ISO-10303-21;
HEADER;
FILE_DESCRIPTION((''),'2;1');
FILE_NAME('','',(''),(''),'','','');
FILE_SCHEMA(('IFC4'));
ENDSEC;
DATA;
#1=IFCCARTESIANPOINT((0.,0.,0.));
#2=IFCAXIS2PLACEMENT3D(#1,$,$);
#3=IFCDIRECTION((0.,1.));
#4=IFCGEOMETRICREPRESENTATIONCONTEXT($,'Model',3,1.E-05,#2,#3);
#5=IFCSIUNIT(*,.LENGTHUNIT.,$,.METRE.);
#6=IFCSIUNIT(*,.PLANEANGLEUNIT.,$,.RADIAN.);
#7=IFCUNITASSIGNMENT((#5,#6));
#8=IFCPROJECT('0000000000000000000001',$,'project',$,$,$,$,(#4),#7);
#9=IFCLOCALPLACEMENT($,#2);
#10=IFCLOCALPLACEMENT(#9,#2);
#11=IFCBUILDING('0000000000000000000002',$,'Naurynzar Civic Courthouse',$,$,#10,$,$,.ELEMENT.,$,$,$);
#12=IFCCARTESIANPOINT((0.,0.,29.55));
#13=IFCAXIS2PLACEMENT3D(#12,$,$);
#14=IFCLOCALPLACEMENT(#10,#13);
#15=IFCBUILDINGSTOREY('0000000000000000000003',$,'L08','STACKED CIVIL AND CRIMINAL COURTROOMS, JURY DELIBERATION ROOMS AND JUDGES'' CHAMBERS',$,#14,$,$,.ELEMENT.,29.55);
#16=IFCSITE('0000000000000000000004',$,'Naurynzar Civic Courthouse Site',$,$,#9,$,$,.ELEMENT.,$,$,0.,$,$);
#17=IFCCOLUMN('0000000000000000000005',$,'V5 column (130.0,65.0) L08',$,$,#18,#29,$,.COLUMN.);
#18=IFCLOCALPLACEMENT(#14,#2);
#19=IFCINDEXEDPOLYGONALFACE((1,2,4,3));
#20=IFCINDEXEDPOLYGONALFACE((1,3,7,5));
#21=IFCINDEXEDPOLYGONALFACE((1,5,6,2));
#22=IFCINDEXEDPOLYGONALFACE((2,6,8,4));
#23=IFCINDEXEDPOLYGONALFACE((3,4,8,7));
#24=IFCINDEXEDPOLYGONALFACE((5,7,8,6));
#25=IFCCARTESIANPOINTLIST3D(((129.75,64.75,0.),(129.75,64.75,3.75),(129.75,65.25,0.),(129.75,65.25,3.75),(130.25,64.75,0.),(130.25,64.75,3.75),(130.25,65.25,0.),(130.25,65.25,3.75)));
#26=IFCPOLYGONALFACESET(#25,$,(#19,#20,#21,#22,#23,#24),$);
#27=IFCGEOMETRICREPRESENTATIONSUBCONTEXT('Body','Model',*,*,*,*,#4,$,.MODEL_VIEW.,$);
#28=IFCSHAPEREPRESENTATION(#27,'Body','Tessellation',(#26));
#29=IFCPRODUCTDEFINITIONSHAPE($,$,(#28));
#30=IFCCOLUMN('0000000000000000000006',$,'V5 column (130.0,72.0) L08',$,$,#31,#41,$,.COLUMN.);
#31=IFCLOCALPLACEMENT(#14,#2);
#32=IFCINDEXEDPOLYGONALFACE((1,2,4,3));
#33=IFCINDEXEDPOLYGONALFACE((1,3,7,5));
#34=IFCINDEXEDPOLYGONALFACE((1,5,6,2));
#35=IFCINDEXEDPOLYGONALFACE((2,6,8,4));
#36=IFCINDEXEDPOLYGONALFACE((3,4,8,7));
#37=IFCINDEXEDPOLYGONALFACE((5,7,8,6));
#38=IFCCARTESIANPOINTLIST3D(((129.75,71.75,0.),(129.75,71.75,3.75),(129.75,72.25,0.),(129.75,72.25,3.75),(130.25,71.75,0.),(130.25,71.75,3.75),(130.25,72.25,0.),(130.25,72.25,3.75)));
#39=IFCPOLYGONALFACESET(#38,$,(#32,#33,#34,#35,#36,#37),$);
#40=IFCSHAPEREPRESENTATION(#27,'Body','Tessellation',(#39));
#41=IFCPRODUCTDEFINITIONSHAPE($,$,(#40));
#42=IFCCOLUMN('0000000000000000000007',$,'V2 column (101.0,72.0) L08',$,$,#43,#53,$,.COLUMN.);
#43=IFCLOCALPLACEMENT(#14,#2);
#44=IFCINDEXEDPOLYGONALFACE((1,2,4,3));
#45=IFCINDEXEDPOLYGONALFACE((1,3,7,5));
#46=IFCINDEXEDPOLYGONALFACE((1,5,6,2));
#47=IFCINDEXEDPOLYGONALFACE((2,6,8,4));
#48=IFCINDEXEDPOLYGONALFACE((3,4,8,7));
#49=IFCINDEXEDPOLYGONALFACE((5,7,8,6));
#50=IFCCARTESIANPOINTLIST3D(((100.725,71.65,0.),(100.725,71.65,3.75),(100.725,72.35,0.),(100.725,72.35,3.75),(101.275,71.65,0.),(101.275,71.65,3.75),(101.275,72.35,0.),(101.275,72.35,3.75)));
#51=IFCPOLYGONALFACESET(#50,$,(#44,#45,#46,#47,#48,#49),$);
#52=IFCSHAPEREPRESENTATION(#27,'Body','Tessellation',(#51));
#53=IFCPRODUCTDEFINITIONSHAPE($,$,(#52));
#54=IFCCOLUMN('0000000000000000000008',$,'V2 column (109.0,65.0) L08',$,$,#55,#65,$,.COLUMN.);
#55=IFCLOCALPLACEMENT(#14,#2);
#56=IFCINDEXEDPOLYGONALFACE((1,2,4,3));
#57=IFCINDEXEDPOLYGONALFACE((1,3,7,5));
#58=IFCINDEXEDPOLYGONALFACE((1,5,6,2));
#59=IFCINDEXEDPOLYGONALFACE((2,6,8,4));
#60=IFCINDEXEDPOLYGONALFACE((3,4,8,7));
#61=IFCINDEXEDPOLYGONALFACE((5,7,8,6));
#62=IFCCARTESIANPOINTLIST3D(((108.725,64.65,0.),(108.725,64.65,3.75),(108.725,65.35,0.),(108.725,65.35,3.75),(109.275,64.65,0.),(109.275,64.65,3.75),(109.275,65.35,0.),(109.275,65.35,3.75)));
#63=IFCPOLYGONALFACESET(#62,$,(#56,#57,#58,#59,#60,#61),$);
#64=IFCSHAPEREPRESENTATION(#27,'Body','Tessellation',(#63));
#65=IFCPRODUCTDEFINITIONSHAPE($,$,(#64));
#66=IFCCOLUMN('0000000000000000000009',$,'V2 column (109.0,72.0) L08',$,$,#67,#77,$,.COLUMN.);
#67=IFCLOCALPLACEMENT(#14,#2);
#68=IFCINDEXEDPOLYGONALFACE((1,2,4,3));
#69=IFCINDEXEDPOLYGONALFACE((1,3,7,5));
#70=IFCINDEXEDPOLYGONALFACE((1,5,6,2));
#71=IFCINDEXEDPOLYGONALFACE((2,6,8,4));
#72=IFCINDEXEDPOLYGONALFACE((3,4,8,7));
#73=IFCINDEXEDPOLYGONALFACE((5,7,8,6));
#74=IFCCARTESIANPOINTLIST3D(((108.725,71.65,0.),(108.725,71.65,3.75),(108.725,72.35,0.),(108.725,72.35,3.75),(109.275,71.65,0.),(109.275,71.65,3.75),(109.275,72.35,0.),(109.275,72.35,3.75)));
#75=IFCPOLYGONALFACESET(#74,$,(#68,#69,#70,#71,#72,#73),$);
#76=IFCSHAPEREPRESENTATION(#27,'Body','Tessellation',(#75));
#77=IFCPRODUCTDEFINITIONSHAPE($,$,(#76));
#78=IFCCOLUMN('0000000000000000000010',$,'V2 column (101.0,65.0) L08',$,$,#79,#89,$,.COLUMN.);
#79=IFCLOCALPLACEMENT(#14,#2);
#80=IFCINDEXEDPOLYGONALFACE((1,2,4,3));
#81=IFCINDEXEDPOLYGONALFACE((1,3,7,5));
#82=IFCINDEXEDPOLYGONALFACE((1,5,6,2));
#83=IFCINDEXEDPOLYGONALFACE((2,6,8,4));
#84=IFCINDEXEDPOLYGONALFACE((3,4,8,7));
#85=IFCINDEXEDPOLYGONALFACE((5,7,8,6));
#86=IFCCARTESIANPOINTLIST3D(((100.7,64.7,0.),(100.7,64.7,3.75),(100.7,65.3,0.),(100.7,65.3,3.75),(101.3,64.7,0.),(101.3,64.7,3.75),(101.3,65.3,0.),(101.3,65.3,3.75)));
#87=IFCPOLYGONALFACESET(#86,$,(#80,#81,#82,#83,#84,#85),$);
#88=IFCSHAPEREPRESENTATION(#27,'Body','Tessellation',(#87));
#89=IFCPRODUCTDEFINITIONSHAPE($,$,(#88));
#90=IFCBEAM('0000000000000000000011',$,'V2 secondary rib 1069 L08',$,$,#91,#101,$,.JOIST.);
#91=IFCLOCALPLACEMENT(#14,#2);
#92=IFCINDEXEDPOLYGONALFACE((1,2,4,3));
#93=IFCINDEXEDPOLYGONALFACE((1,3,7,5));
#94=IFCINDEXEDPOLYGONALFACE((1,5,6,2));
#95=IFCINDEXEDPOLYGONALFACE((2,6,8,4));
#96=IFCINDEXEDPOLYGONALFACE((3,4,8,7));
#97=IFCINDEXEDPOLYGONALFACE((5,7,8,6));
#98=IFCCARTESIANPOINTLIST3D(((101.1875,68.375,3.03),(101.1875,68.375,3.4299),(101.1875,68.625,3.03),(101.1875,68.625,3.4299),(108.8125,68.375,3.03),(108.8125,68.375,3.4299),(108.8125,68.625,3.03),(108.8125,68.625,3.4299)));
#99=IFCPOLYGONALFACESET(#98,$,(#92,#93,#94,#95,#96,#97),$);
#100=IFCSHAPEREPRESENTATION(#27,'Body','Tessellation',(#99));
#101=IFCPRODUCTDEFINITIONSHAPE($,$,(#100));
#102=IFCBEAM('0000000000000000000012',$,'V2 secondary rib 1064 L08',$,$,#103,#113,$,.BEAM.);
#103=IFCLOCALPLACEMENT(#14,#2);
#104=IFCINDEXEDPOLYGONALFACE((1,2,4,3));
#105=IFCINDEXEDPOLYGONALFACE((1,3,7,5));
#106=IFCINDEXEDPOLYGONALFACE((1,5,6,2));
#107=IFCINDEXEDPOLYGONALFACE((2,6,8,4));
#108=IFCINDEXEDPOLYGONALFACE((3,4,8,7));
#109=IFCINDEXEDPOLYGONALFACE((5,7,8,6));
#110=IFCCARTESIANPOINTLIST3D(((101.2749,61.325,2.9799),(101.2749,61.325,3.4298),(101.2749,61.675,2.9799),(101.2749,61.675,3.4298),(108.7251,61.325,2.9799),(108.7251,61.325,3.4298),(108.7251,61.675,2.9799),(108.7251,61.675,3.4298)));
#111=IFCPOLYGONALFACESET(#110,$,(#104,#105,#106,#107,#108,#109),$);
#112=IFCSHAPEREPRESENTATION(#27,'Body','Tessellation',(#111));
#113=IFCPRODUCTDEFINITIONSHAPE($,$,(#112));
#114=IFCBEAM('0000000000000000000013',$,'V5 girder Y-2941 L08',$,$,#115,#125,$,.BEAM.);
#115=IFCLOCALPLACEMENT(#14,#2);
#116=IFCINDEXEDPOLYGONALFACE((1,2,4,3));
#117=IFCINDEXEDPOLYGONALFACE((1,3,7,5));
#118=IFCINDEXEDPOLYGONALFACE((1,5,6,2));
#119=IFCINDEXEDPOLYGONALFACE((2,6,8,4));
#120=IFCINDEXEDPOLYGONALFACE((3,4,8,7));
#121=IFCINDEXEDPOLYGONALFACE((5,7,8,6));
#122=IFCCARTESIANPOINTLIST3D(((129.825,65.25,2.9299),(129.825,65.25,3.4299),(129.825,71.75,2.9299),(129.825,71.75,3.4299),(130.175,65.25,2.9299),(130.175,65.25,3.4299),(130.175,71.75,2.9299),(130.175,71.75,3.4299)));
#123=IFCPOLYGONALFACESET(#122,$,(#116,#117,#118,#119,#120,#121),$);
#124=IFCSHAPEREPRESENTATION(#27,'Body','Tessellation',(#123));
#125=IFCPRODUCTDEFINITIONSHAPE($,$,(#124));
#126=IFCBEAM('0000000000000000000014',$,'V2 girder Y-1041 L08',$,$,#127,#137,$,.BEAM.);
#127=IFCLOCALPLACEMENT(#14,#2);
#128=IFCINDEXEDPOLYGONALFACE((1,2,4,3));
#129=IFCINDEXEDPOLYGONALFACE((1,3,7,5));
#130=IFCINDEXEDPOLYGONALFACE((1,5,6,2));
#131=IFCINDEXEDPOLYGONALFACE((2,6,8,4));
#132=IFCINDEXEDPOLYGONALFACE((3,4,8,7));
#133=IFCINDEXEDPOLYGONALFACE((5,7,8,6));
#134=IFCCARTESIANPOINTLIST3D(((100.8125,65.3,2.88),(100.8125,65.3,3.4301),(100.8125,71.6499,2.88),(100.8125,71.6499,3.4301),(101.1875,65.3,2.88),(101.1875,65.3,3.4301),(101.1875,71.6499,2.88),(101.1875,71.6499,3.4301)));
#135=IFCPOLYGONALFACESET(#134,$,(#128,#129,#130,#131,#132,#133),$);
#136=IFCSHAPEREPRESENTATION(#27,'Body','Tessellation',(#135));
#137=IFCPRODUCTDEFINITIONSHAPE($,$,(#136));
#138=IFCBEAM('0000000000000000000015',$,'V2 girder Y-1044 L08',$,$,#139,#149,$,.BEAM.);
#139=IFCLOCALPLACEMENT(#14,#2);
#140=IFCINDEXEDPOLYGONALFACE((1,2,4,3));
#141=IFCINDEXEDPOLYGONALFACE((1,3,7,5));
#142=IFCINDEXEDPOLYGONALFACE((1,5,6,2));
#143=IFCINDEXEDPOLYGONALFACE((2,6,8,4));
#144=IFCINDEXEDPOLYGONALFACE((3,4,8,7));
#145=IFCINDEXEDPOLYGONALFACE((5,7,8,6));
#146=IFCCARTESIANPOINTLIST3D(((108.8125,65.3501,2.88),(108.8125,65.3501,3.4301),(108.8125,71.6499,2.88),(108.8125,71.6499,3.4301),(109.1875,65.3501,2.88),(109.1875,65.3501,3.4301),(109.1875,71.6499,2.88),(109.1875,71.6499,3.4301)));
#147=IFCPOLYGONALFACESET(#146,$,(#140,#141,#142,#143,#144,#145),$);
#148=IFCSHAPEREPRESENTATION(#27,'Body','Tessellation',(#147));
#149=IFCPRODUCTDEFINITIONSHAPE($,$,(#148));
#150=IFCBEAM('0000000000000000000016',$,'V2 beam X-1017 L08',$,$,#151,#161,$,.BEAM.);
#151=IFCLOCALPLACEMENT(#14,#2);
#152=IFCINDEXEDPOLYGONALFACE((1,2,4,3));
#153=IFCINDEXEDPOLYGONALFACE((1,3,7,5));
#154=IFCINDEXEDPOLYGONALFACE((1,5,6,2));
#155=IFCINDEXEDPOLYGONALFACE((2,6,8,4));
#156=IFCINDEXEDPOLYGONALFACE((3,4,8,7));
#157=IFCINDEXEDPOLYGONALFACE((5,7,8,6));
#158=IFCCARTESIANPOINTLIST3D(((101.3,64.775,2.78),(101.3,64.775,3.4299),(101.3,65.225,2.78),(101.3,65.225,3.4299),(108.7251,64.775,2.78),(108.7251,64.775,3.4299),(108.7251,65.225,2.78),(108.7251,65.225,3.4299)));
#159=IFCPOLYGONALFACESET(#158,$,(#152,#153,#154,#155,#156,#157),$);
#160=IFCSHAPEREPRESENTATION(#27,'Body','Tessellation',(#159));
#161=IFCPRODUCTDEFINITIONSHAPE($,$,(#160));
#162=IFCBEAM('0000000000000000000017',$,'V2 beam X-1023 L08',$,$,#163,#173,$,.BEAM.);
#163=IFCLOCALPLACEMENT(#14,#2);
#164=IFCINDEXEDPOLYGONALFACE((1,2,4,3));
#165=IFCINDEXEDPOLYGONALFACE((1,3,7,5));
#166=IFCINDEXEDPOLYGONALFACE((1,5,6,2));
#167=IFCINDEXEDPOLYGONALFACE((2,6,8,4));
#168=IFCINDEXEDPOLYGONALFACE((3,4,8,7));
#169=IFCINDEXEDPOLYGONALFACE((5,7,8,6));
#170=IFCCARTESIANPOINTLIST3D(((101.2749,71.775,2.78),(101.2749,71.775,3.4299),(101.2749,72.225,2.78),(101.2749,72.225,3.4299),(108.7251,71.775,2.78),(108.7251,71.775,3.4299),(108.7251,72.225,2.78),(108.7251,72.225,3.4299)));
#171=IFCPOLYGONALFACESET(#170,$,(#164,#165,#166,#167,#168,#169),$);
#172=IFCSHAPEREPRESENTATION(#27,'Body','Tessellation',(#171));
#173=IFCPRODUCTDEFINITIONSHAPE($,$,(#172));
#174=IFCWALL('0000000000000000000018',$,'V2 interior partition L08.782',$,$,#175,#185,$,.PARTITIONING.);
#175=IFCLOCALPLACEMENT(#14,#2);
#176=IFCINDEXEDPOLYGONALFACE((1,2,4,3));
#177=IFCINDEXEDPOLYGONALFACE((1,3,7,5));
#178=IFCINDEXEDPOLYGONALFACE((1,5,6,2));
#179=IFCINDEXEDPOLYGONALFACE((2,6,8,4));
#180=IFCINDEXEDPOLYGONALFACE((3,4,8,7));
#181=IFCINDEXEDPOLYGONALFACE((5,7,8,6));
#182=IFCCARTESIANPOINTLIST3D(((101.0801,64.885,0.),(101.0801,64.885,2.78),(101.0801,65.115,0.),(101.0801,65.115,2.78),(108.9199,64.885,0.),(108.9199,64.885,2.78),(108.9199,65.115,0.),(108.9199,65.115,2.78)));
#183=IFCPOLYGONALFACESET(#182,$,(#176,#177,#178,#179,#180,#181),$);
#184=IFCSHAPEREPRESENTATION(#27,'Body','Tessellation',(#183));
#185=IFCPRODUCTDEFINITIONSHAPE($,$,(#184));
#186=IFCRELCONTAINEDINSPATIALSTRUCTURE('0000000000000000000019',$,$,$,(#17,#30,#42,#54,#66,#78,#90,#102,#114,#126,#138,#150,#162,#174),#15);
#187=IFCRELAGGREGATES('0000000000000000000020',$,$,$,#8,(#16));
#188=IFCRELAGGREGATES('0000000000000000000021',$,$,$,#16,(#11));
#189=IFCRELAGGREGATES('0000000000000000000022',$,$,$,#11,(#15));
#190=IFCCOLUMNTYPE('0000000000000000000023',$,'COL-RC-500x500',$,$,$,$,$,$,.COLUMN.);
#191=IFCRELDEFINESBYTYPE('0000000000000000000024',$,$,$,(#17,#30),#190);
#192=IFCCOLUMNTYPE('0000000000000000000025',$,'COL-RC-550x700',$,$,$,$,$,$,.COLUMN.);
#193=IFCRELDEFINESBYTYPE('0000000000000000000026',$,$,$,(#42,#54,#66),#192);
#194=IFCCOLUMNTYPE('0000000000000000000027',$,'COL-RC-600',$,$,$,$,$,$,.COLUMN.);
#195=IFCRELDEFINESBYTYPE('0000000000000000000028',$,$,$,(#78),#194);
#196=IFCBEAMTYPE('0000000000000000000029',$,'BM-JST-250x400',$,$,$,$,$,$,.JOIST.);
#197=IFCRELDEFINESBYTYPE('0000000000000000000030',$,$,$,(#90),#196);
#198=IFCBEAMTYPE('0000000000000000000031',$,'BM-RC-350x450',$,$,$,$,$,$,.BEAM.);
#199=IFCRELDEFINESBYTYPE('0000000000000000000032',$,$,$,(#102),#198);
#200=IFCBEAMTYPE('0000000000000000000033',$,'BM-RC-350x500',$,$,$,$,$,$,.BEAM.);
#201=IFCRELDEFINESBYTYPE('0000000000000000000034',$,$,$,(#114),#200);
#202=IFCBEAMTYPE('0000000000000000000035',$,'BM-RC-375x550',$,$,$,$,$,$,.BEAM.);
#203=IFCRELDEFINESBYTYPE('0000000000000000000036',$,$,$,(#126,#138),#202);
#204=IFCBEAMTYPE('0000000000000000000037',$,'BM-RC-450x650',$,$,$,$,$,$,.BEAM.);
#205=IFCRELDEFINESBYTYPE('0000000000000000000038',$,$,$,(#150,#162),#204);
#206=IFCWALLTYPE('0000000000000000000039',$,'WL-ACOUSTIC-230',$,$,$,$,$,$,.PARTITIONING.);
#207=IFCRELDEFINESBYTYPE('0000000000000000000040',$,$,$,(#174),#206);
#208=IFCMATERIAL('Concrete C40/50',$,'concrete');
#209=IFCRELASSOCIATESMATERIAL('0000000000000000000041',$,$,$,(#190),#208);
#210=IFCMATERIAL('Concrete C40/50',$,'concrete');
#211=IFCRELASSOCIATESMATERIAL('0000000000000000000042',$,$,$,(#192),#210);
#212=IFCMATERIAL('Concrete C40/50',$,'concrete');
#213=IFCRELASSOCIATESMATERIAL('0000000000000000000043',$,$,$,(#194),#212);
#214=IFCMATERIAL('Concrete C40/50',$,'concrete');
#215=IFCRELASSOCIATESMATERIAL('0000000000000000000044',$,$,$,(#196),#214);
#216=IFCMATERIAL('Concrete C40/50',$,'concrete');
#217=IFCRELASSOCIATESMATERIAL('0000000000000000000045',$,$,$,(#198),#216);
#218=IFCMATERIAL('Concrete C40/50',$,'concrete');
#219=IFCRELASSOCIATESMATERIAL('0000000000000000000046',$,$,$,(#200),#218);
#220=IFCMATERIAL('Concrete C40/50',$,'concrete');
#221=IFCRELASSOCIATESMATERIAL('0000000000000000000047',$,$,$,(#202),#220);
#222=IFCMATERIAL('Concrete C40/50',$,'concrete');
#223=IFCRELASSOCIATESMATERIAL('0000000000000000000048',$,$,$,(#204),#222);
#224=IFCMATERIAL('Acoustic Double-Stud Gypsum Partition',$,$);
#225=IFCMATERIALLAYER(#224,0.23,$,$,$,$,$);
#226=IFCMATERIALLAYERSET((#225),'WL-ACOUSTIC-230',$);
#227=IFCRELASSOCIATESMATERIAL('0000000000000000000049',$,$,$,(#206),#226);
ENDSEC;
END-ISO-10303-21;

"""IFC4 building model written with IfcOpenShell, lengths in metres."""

from ifc_helpers import new_model, si_unit, direction, frame, frame_2d, origin, origin_2d, place, context, subcontext, project, spatial, rectangle, extrude, material, layer, layer_set, material_profile, profile_set, type_object, element, save


model = new_model("IFC4")

# Units and contexts
model_context = context("Model", 3, precision=1e-05, world=origin(), true_north=direction((0.0, 1.0)))
body_context = subcontext(model_context, "Body", "Model", "MODEL_VIEW")
ifc_project = project(units=[si_unit("LENGTHUNIT", "METRE"), si_unit("PLANEANGLEUNIT", "RADIAN")], contexts=[model_context])

# Site, building, storey
site_placement = place(None, origin())
site = spatial("IfcSite", under=ifc_project, at=site_placement, Name="Naurynzar Civic Courthouse Site", CompositionType="ELEMENT", RefElevation=0.0)
building_placement = place(site_placement, origin())
building = spatial("IfcBuilding", under=site, at=building_placement, Name="Naurynzar Civic Courthouse", CompositionType="ELEMENT")
storey_placement = place(building_placement, frame((0.0, 0.0, 29.55)))
storey = spatial("IfcBuildingStorey", under=building, at=storey_placement, Name="L08", Description="STACKED CIVIL AND CRIMINAL COURTROOMS, JURY DELIBERATION ROOMS AND JUDGES' CHAMBERS", CompositionType="ELEMENT", Elevation=29.55)

# Columns
ifc_material_1 = material(Name="Concrete C40/50", Category="concrete")
ifc_material_profile_1 = material_profile(ifc_material_1, rectangle(XDim=0.5, YDim=0.5, at=origin_2d()), Name="RC 500x500")
ifc_profile_set_1 = profile_set([ifc_material_profile_1], Name="Concrete C40/50")
column_type_1 = type_object("IfcColumnType", Name="COL-RC-500x500", PredefinedType="COLUMN", material=ifc_profile_set_1)
for number, where, z_axis, x_axis, name in (
    (1, (130.0, 65.0, 0.0), (0.0, 0.0, 1.0), (1.0, 0.0, 0.0), "V5 column (130.0,65.0) L08"),
    (2, (130.0, 72.0, 0.0), (0.0, 0.0, 1.0), (1.0, 0.0, 0.0), "V5 column (130.0,72.0) L08"),
):
    element("IfcColumn", number, at=place(storey_placement, frame(where, z_axis=z_axis, x_axis=x_axis)), inside=storey, type_object=column_type_1, Name=name, PredefinedType="COLUMN", context=body_context, shape_type="SweptSolid", body=[
        extrude(rectangle(XDim=0.5, YDim=0.5, at=origin_2d()), origin(), (0.0, 0.0, 1.0), 3.75),
    ])
ifc_material_2 = material(Name="Concrete C40/50", Category="concrete")
ifc_material_profile_2 = material_profile(ifc_material_2, rectangle(XDim=0.55, YDim=0.7, at=origin_2d()), Name="RC 550x700")
ifc_profile_set_2 = profile_set([ifc_material_profile_2], Name="Concrete C40/50")
column_type_2 = type_object("IfcColumnType", Name="COL-RC-550x700", PredefinedType="COLUMN", material=ifc_profile_set_2)
for number, where, z_axis, x_axis, name in (
    (3, (101.0, 72.0, 0.0), (0.0, 0.0, 1.0), (1.0, 0.0, 0.0), "V2 column (101.0,72.0) L08"),
    (4, (109.0, 65.0, 0.0), (0.0, 0.0, 1.0), (1.0, 0.0, 0.0), "V2 column (109.0,65.0) L08"),
    (5, (109.0, 72.0, 0.0), (0.0, 0.0, 1.0), (1.0, 0.0, 0.0), "V2 column (109.0,72.0) L08"),
):
    element("IfcColumn", number, at=place(storey_placement, frame(where, z_axis=z_axis, x_axis=x_axis)), inside=storey, type_object=column_type_2, Name=name, PredefinedType="COLUMN", context=body_context, shape_type="SweptSolid", body=[
        extrude(rectangle(XDim=0.55, YDim=0.7, at=origin_2d()), origin(), (0.0, 0.0, 1.0), 3.75),
    ])
ifc_material_3 = material(Name="Concrete C40/50", Category="concrete")
ifc_material_profile_3 = material_profile(ifc_material_3, rectangle(XDim=0.6001, YDim=0.6001, at=origin_2d()), Name="RC 600x600")
ifc_profile_set_3 = profile_set([ifc_material_profile_3], Name="Concrete C40/50")
column_type_3 = type_object("IfcColumnType", Name="COL-RC-600", PredefinedType="COLUMN", material=ifc_profile_set_3)
column_placement = place(storey_placement, frame((101.0, 65.0, 0.0), z_axis=(0.0, 0.0, 1.0), x_axis=(1.0, 0.0, 0.0)))
element("IfcColumn", 6, at=column_placement, inside=storey, type_object=column_type_3, Name="V2 column (101.0,65.0) L08", PredefinedType="COLUMN", context=body_context, shape_type="SweptSolid", body=[
    extrude(rectangle(XDim=0.6001, YDim=0.6001, at=origin_2d()), origin(), (0.0, 0.0, 1.0), 3.75),
])

# Beams
ifc_material_4 = material(Name="Concrete C40/50", Category="concrete")
ifc_material_profile_4 = material_profile(ifc_material_4, rectangle(XDim=0.25, YDim=0.3999, at=origin_2d()), Name="RCB 250x400")
ifc_profile_set_4 = profile_set([ifc_material_profile_4], Name="Concrete C40/50")
beam_type_1 = type_object("IfcBeamType", Name="BM-JST-250x400", PredefinedType="JOIST", material=ifc_profile_set_4)
beam_1_placement = place(storey_placement, frame((101.1875, 68.5, 3.23), z_axis=(1.0, 0.0, 0.0), x_axis=(0.0, 1.0, 0.0)))
element("IfcBeam", 7, at=beam_1_placement, inside=storey, type_object=beam_type_1, Name="V2 secondary rib 1069 L08", PredefinedType="JOIST", context=body_context, shape_type="SweptSolid", body=[
    extrude(rectangle(XDim=0.25, YDim=0.3999, at=origin_2d()), origin(), (0.0, 0.0, 1.0), 7.625),
])
ifc_material_5 = material(Name="Concrete C40/50", Category="concrete")
ifc_material_profile_5 = material_profile(ifc_material_5, rectangle(XDim=0.3501, YDim=0.45, at=origin_2d()), Name="RCB 350x450")
ifc_profile_set_5 = profile_set([ifc_material_profile_5], Name="Concrete C40/50")
beam_type_2 = type_object("IfcBeamType", Name="BM-RC-350x450", PredefinedType="BEAM", material=ifc_profile_set_5)
beam_2_placement = place(storey_placement, frame((101.2749, 61.5, 3.2048), z_axis=(1.0, 0.0, 0.0), x_axis=(0.0, 1.0, 0.0)))
element("IfcBeam", 8, at=beam_2_placement, inside=storey, type_object=beam_type_2, Name="V2 secondary rib 1064 L08", PredefinedType="BEAM", context=body_context, shape_type="SweptSolid", body=[
    extrude(rectangle(XDim=0.3501, YDim=0.45, at=origin_2d()), origin(), (0.0, 0.0, 1.0), 7.4502),
])
ifc_material_6 = material(Name="Concrete C40/50", Category="concrete")
ifc_material_profile_6 = material_profile(ifc_material_6, rectangle(XDim=0.3501, YDim=0.5, at=origin_2d()), Name="RCB 350x500")
ifc_profile_set_6 = profile_set([ifc_material_profile_6], Name="Concrete C40/50")
beam_type_3 = type_object("IfcBeamType", Name="BM-RC-350x500", PredefinedType="BEAM", material=ifc_profile_set_6)
beam_3_placement = place(storey_placement, frame((130.0, 65.25, 3.1799), z_axis=(0.0, 1.0, 0.0), x_axis=(-1.0, 0.0, 0.0)))
element("IfcBeam", 9, at=beam_3_placement, inside=storey, type_object=beam_type_3, Name="V5 girder Y-2941 L08", PredefinedType="BEAM", context=body_context, shape_type="SweptSolid", body=[
    extrude(rectangle(XDim=0.3501, YDim=0.5, at=origin_2d()), origin(), (0.0, 0.0, 1.0), 6.5),
])
ifc_material_7 = material(Name="Concrete C40/50", Category="concrete")
ifc_material_profile_7 = material_profile(ifc_material_7, rectangle(XDim=0.375, YDim=0.55, at=origin_2d()), Name="RCB 375x550")
ifc_profile_set_7 = profile_set([ifc_material_profile_7], Name="Concrete C40/50")
beam_type_4 = type_object("IfcBeamType", Name="BM-RC-375x550", PredefinedType="BEAM", material=ifc_profile_set_7)
beam_4_placement = place(storey_placement, frame((101.0, 65.3, 3.155), z_axis=(0.0, 1.0, 0.0), x_axis=(-1.0, 0.0, 0.0)))
element("IfcBeam", 10, at=beam_4_placement, inside=storey, type_object=beam_type_4, Name="V2 girder Y-1041 L08", PredefinedType="BEAM", context=body_context, shape_type="SweptSolid", body=[
    extrude(rectangle(XDim=0.375, YDim=0.55, at=origin_2d()), origin(), (0.0, 0.0, 1.0), 6.3499),
])
beam_5_placement = place(storey_placement, frame((109.0, 65.3501, 3.155), z_axis=(0.0, 1.0, 0.0), x_axis=(-1.0, 0.0, 0.0)))
element("IfcBeam", 11, at=beam_5_placement, inside=storey, type_object=beam_type_4, Name="V2 girder Y-1044 L08", PredefinedType="BEAM", context=body_context, shape_type="SweptSolid", body=[
    extrude(rectangle(XDim=0.375, YDim=0.55, at=origin_2d()), origin(), (0.0, 0.0, 1.0), 6.2998),
])
ifc_material_8 = material(Name="Concrete C40/50", Category="concrete")
ifc_material_profile_8 = material_profile(ifc_material_8, rectangle(XDim=0.45, YDim=0.6499, at=origin_2d()), Name="RCB 450x650")
ifc_profile_set_8 = profile_set([ifc_material_profile_8], Name="Concrete C40/50")
beam_type_5 = type_object("IfcBeamType", Name="BM-RC-450x650", PredefinedType="BEAM", material=ifc_profile_set_8)
beam_6_placement = place(storey_placement, frame((101.3, 65.0, 3.105), z_axis=(1.0, 0.0, 0.0), x_axis=(0.0, 1.0, 0.0)))
element("IfcBeam", 12, at=beam_6_placement, inside=storey, type_object=beam_type_5, Name="V2 beam X-1017 L08", PredefinedType="BEAM", context=body_context, shape_type="SweptSolid", body=[
    extrude(rectangle(XDim=0.45, YDim=0.6499, at=origin_2d()), origin(), (0.0, 0.0, 1.0), 7.425),
])
beam_7_placement = place(storey_placement, frame((101.2749, 72.0, 3.105), z_axis=(1.0, 0.0, 0.0), x_axis=(0.0, 1.0, 0.0)))
element("IfcBeam", 13, at=beam_7_placement, inside=storey, type_object=beam_type_5, Name="V2 beam X-1023 L08", PredefinedType="BEAM", context=body_context, shape_type="SweptSolid", body=[
    extrude(rectangle(XDim=0.45, YDim=0.6499, at=origin_2d()), origin(), (0.0, 0.0, 1.0), 7.4502),
])

# Wall
ifc_material_9 = material(Name="Acoustic Double-Stud Gypsum Partition")
ifc_layer_1 = layer(ifc_material_9, 0.23)
ifc_layer_set_1 = layer_set([ifc_layer_1], Name="WL-ACOUSTIC-230")
wall_type_1 = type_object("IfcWallType", Name="WL-ACOUSTIC-230", PredefinedType="PARTITIONING", material=ifc_layer_set_1)
wall_1_placement = place(storey_placement, frame((101.0801, 65.0, 0.0), z_axis=(0.0, 0.0, 1.0), x_axis=(1.0, 0.0, 0.0)))
element("IfcWall", 14, at=wall_1_placement, inside=storey, type_object=wall_type_1, Name="V2 interior partition L08.782", PredefinedType="PARTITIONING", context=body_context, shape_type="SweptSolid", body=[
    extrude(rectangle(XDim=7.8398, YDim=0.23, at=frame_2d((3.9199, 0.0))), origin(), (0.0, 0.0, 1.0), 2.78),
])

save(model, "model.ifc")
